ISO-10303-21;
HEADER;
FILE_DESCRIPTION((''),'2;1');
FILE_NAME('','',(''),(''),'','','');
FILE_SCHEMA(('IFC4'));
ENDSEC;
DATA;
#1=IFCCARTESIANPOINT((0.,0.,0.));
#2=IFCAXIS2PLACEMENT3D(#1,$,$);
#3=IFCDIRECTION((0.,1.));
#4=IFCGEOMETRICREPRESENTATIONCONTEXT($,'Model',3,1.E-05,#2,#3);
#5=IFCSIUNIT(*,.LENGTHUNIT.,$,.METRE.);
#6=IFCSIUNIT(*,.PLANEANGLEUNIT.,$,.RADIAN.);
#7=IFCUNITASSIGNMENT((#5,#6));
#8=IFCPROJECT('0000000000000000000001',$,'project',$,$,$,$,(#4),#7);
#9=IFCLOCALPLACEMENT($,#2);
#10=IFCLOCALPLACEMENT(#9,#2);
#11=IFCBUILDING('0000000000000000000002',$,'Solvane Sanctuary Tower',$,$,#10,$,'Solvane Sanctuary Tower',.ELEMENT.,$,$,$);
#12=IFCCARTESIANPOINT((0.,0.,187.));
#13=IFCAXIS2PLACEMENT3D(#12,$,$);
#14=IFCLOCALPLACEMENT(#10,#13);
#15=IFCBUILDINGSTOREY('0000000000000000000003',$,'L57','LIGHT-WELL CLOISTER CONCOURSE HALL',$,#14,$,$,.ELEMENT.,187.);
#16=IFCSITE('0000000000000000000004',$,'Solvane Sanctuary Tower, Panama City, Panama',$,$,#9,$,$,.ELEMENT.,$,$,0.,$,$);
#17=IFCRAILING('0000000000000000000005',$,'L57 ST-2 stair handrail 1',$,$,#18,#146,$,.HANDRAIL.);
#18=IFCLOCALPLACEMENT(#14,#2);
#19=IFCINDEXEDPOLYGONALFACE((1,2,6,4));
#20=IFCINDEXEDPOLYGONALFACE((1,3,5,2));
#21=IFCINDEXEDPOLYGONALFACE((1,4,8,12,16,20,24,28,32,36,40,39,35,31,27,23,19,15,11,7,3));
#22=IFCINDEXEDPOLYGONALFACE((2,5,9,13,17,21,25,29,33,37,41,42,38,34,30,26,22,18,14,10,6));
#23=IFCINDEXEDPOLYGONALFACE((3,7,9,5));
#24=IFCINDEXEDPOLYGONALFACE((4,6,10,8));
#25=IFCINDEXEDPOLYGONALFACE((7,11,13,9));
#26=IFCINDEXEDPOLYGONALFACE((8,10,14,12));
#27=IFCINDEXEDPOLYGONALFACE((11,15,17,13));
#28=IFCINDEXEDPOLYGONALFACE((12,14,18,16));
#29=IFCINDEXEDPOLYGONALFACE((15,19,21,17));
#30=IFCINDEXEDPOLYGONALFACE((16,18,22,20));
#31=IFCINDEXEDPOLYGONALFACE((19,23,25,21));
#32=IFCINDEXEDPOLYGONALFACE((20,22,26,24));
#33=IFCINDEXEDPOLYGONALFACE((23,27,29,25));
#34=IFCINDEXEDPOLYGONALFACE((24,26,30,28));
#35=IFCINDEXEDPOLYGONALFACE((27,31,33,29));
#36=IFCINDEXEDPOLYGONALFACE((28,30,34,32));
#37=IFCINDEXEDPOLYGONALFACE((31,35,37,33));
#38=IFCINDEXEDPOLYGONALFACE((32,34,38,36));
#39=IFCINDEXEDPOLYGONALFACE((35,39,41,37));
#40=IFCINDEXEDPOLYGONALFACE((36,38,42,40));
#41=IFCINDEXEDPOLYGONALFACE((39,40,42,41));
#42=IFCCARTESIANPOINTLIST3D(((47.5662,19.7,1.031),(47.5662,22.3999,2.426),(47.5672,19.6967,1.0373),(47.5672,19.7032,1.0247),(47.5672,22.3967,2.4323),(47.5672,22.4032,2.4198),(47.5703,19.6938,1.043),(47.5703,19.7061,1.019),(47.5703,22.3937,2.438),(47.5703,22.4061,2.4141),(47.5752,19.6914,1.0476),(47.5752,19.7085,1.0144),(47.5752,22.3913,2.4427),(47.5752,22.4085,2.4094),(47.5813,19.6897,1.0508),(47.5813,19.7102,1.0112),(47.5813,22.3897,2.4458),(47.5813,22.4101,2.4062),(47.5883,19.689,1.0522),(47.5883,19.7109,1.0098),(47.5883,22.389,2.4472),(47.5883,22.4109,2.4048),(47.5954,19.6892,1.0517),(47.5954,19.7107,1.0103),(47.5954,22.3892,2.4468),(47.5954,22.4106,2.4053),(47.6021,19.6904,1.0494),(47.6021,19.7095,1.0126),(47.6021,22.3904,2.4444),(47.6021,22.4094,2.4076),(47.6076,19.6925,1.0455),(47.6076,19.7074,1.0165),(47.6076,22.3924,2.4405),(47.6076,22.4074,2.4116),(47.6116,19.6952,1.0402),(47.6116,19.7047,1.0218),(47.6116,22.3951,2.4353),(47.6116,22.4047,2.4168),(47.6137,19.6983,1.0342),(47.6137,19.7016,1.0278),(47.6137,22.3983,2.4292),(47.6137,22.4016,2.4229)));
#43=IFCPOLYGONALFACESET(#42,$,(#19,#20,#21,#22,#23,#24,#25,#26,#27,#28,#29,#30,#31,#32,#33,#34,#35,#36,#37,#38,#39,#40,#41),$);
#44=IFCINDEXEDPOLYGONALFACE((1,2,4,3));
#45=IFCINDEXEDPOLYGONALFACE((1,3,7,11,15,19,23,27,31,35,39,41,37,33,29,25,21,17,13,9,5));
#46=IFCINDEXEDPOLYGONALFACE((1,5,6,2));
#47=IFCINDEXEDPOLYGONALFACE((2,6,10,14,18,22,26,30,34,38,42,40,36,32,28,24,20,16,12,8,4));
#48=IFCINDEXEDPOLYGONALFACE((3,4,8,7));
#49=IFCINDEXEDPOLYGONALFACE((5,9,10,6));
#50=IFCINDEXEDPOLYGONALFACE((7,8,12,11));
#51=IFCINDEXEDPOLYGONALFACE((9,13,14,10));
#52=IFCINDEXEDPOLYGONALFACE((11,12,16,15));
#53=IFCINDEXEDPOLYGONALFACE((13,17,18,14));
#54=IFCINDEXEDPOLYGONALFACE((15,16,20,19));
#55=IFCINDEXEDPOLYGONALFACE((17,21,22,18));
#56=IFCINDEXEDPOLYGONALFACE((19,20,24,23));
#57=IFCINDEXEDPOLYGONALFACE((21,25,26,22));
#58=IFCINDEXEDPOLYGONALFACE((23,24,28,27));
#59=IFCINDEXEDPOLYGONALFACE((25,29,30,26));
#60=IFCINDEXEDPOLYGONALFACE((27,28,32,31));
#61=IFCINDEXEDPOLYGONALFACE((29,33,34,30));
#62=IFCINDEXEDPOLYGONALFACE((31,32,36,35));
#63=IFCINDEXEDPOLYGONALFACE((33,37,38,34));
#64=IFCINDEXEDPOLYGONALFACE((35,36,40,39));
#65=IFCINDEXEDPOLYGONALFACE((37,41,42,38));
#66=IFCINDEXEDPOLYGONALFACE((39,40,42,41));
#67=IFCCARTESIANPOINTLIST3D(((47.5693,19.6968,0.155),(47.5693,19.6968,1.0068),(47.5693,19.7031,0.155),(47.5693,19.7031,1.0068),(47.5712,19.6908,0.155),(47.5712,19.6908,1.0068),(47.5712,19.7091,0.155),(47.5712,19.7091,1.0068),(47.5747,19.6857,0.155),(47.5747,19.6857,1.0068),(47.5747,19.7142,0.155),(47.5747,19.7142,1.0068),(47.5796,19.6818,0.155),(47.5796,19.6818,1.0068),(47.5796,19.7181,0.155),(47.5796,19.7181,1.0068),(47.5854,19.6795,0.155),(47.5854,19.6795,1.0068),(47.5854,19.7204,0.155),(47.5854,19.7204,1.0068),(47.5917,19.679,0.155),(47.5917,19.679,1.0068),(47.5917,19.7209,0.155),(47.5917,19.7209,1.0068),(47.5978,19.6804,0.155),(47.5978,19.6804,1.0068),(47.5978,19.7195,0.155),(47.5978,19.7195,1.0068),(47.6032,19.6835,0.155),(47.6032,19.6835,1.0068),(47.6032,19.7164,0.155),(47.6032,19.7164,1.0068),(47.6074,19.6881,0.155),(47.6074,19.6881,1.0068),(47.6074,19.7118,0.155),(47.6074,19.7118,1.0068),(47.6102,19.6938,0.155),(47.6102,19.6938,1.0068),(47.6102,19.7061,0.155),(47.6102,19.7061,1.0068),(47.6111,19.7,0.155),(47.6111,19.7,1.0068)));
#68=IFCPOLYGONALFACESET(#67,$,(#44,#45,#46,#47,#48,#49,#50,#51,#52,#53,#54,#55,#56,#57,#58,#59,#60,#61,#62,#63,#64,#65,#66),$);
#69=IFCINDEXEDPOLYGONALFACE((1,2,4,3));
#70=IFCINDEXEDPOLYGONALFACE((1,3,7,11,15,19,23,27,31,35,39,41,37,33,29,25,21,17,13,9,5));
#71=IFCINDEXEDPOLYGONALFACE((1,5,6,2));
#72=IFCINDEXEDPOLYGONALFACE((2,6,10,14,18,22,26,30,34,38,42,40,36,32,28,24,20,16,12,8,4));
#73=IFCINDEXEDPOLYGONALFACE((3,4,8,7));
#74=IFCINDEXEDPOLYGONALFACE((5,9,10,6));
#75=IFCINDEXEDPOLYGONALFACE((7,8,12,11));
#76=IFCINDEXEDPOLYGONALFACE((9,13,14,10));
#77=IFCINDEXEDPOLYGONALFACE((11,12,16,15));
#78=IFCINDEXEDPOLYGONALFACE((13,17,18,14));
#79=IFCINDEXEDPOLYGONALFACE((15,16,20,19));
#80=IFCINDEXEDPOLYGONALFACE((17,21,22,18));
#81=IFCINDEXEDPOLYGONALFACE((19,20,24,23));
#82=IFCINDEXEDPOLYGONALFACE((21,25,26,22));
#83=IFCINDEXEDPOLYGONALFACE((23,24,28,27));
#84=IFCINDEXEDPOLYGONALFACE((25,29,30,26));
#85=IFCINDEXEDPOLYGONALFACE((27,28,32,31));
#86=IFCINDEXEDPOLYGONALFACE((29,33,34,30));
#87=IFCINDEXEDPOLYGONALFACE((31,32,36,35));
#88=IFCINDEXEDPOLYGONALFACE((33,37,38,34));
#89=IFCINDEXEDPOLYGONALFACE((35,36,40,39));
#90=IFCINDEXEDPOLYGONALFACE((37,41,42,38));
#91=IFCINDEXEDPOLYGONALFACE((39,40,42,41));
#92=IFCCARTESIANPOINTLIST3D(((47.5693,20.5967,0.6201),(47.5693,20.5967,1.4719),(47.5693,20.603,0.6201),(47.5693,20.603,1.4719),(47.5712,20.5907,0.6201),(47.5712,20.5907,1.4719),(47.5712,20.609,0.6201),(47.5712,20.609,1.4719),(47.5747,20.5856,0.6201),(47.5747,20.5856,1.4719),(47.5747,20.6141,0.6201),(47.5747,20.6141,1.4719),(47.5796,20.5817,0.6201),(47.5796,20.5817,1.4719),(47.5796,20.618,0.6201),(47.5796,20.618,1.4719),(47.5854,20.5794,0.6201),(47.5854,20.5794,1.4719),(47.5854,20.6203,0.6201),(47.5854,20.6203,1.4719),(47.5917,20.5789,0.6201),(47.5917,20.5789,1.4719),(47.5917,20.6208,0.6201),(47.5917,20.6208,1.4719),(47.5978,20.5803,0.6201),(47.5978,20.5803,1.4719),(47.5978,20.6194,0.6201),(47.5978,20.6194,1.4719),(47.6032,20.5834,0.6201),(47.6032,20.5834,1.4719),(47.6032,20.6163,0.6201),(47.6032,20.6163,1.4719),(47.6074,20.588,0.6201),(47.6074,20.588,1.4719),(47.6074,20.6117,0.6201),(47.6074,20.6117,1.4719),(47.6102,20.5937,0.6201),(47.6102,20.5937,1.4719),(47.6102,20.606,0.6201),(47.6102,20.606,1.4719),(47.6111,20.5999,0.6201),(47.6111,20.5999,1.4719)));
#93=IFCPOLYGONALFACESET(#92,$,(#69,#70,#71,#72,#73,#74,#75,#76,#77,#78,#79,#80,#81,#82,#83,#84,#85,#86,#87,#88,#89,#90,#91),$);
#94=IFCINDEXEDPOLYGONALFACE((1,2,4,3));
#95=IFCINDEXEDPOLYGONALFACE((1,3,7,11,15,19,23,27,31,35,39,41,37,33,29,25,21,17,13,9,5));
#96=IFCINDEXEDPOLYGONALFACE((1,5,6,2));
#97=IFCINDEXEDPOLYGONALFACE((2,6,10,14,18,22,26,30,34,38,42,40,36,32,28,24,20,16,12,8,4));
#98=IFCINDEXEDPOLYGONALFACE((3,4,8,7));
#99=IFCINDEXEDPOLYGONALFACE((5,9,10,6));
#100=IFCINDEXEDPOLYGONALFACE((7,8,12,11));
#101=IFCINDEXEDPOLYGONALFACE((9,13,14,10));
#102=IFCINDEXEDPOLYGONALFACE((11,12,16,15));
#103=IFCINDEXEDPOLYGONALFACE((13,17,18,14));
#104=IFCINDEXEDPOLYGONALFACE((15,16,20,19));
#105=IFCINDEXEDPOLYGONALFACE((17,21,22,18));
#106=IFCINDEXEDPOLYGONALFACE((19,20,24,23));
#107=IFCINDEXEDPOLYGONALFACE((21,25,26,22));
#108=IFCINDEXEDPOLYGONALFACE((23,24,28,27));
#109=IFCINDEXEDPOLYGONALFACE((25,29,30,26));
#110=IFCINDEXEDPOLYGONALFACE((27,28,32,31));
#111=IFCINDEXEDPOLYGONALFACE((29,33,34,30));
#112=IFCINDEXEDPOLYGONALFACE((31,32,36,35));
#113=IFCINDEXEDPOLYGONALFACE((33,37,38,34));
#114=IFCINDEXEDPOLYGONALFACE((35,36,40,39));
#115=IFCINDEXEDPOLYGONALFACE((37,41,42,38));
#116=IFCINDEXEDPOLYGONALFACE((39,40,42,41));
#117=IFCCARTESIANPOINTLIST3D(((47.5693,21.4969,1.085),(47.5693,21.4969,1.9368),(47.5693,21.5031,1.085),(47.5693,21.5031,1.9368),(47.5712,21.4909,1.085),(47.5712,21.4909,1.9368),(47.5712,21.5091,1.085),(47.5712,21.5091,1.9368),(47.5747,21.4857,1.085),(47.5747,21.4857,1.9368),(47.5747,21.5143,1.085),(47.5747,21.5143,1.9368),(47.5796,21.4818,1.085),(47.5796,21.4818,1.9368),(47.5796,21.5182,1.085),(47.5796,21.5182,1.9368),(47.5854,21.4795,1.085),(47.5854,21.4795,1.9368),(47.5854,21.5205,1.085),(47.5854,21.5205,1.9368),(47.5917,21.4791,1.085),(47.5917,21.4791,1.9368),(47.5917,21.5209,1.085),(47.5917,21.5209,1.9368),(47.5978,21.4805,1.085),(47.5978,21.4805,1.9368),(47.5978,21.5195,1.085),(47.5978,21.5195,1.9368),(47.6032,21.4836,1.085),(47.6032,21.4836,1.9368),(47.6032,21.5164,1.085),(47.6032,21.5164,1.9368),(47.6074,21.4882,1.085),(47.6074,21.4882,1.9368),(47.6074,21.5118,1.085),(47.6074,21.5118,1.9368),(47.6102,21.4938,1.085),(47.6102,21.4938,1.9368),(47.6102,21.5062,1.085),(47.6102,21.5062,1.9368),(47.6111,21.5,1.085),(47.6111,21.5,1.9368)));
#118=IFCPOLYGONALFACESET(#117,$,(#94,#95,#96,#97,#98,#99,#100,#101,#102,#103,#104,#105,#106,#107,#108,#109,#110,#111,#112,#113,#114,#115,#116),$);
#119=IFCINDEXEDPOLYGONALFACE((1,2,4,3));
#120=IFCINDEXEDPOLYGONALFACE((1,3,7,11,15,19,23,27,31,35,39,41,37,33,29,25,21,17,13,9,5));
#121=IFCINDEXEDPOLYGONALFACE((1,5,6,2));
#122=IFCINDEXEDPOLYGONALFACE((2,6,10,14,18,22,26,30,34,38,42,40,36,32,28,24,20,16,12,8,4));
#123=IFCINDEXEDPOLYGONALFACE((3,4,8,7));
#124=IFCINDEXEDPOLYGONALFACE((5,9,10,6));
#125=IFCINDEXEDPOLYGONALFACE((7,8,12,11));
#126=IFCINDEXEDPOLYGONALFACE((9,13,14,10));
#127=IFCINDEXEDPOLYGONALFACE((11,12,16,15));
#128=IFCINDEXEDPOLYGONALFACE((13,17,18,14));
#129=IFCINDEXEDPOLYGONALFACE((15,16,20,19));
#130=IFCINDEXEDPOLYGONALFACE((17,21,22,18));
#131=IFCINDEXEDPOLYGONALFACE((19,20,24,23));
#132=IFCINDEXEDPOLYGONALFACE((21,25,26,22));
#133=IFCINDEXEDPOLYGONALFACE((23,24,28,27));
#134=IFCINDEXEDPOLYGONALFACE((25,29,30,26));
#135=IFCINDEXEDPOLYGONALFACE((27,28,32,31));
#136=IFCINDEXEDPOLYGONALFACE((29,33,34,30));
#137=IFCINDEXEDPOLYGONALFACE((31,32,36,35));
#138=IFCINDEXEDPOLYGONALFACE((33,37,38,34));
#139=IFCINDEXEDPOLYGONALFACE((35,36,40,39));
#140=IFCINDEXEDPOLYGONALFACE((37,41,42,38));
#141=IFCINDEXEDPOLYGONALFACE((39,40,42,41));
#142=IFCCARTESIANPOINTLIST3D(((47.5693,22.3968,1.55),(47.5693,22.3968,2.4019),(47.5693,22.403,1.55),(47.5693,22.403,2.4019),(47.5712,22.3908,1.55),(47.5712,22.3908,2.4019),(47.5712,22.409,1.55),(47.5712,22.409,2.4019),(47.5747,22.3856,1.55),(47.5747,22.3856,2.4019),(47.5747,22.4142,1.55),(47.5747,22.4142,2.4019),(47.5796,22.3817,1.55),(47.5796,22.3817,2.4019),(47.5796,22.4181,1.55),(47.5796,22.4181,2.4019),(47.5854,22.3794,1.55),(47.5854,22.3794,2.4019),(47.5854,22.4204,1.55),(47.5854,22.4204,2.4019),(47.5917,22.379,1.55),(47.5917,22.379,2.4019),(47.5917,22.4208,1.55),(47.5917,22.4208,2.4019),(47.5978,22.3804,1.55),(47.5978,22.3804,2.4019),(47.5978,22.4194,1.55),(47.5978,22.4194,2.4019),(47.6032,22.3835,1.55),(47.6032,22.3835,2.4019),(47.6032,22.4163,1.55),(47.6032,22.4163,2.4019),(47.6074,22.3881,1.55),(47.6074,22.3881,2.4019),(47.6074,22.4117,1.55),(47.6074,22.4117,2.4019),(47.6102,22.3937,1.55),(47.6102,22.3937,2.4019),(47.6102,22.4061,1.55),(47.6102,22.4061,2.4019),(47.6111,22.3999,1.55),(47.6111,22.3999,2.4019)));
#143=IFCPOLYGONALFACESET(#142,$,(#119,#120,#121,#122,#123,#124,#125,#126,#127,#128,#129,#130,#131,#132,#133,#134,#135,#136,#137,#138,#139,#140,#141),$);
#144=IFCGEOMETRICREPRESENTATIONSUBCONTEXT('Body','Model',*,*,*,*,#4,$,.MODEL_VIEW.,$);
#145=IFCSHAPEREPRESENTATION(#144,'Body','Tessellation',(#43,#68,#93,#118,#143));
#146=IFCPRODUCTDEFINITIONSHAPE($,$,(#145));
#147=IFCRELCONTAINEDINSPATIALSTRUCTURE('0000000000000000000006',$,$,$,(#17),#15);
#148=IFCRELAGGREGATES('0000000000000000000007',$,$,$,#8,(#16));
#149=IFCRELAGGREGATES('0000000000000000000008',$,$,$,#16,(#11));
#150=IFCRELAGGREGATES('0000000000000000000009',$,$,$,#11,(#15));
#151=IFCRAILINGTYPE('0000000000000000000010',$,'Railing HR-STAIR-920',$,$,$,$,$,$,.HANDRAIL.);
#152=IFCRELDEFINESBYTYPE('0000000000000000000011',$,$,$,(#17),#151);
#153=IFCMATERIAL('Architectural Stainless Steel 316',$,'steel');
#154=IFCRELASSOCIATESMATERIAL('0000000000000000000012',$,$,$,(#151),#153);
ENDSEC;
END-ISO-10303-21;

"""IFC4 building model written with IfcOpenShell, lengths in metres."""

from ifc_helpers import new_model, si_unit, direction, frame, origin, origin_2d, place, context, subcontext, project, spatial, circle, extrude, material, type_object, element, save


model = new_model("IFC4")

# Units and contexts
model_context = context("Model", 3, precision=1e-05, world=origin(), true_north=direction((0.0, 1.0)))
body_context = subcontext(model_context, "Body", "Model", "MODEL_VIEW")
ifc_project = project(units=[si_unit("LENGTHUNIT", "METRE"), si_unit("PLANEANGLEUNIT", "RADIAN")], contexts=[model_context])

# Site, building, storey
site_placement = place(None, origin())
site = spatial("IfcSite", under=ifc_project, at=site_placement, Name="Solvane Sanctuary Tower, Panama City, Panama", CompositionType="ELEMENT", RefElevation=0.0)
building_placement = place(site_placement, origin())
building = spatial("IfcBuilding", under=site, at=building_placement, Name="Solvane Sanctuary Tower", LongName="Solvane Sanctuary Tower", CompositionType="ELEMENT")
storey_placement = place(building_placement, frame((0.0, 0.0, 187.0)))
storey = spatial("IfcBuildingStorey", under=building, at=storey_placement, Name="L57", Description="LIGHT-WELL CLOISTER CONCOURSE HALL", CompositionType="ELEMENT", Elevation=187.0)

# Shared definitions
ifc_material_1 = material(Name="Architectural Stainless Steel 316", Category="steel")

# Railing
railing_type_1 = type_object("IfcRailingType", Name="Railing HR-STAIR-920", PredefinedType="HANDRAIL", material=ifc_material_1)
railing_1_placement = place(storey_placement, frame((47.5901, 19.7, 0.155)))
element("IfcRailing", 1, at=railing_1_placement, inside=storey, type_object=railing_type_1, Name="L57 ST-2 stair handrail 1", PredefinedType="HANDRAIL", context=body_context, shape_type="SweptSolid", body=[
    extrude(circle(Radius=0.0239, at=origin_2d()), frame((0.0, 0.0, 0.876), z_axis=(0.0, 0.88842, 0.459032), x_axis=(-1.0, 0.0, 0.0)), (0.0, 0.0, 1.0), 3.0391),
    extrude(circle(Radius=0.021, at=origin_2d()), origin(), (0.0, 0.0, 1.0), 0.8518),
    extrude(circle(Radius=0.021, at=origin_2d()), frame((0.0, 0.8999, 0.4651)), (0.0, 0.0, 1.0), 0.8518),
    extrude(circle(Radius=0.021, at=origin_2d()), frame((0.0, 1.8, 0.9299)), (0.0, 0.0, 1.0), 0.8518),
    extrude(circle(Radius=0.021, at=origin_2d()), frame((0.0, 2.7, 1.395)), (0.0, 0.0, 1.0), 0.8518),
])

save(model, "model.ifc")
